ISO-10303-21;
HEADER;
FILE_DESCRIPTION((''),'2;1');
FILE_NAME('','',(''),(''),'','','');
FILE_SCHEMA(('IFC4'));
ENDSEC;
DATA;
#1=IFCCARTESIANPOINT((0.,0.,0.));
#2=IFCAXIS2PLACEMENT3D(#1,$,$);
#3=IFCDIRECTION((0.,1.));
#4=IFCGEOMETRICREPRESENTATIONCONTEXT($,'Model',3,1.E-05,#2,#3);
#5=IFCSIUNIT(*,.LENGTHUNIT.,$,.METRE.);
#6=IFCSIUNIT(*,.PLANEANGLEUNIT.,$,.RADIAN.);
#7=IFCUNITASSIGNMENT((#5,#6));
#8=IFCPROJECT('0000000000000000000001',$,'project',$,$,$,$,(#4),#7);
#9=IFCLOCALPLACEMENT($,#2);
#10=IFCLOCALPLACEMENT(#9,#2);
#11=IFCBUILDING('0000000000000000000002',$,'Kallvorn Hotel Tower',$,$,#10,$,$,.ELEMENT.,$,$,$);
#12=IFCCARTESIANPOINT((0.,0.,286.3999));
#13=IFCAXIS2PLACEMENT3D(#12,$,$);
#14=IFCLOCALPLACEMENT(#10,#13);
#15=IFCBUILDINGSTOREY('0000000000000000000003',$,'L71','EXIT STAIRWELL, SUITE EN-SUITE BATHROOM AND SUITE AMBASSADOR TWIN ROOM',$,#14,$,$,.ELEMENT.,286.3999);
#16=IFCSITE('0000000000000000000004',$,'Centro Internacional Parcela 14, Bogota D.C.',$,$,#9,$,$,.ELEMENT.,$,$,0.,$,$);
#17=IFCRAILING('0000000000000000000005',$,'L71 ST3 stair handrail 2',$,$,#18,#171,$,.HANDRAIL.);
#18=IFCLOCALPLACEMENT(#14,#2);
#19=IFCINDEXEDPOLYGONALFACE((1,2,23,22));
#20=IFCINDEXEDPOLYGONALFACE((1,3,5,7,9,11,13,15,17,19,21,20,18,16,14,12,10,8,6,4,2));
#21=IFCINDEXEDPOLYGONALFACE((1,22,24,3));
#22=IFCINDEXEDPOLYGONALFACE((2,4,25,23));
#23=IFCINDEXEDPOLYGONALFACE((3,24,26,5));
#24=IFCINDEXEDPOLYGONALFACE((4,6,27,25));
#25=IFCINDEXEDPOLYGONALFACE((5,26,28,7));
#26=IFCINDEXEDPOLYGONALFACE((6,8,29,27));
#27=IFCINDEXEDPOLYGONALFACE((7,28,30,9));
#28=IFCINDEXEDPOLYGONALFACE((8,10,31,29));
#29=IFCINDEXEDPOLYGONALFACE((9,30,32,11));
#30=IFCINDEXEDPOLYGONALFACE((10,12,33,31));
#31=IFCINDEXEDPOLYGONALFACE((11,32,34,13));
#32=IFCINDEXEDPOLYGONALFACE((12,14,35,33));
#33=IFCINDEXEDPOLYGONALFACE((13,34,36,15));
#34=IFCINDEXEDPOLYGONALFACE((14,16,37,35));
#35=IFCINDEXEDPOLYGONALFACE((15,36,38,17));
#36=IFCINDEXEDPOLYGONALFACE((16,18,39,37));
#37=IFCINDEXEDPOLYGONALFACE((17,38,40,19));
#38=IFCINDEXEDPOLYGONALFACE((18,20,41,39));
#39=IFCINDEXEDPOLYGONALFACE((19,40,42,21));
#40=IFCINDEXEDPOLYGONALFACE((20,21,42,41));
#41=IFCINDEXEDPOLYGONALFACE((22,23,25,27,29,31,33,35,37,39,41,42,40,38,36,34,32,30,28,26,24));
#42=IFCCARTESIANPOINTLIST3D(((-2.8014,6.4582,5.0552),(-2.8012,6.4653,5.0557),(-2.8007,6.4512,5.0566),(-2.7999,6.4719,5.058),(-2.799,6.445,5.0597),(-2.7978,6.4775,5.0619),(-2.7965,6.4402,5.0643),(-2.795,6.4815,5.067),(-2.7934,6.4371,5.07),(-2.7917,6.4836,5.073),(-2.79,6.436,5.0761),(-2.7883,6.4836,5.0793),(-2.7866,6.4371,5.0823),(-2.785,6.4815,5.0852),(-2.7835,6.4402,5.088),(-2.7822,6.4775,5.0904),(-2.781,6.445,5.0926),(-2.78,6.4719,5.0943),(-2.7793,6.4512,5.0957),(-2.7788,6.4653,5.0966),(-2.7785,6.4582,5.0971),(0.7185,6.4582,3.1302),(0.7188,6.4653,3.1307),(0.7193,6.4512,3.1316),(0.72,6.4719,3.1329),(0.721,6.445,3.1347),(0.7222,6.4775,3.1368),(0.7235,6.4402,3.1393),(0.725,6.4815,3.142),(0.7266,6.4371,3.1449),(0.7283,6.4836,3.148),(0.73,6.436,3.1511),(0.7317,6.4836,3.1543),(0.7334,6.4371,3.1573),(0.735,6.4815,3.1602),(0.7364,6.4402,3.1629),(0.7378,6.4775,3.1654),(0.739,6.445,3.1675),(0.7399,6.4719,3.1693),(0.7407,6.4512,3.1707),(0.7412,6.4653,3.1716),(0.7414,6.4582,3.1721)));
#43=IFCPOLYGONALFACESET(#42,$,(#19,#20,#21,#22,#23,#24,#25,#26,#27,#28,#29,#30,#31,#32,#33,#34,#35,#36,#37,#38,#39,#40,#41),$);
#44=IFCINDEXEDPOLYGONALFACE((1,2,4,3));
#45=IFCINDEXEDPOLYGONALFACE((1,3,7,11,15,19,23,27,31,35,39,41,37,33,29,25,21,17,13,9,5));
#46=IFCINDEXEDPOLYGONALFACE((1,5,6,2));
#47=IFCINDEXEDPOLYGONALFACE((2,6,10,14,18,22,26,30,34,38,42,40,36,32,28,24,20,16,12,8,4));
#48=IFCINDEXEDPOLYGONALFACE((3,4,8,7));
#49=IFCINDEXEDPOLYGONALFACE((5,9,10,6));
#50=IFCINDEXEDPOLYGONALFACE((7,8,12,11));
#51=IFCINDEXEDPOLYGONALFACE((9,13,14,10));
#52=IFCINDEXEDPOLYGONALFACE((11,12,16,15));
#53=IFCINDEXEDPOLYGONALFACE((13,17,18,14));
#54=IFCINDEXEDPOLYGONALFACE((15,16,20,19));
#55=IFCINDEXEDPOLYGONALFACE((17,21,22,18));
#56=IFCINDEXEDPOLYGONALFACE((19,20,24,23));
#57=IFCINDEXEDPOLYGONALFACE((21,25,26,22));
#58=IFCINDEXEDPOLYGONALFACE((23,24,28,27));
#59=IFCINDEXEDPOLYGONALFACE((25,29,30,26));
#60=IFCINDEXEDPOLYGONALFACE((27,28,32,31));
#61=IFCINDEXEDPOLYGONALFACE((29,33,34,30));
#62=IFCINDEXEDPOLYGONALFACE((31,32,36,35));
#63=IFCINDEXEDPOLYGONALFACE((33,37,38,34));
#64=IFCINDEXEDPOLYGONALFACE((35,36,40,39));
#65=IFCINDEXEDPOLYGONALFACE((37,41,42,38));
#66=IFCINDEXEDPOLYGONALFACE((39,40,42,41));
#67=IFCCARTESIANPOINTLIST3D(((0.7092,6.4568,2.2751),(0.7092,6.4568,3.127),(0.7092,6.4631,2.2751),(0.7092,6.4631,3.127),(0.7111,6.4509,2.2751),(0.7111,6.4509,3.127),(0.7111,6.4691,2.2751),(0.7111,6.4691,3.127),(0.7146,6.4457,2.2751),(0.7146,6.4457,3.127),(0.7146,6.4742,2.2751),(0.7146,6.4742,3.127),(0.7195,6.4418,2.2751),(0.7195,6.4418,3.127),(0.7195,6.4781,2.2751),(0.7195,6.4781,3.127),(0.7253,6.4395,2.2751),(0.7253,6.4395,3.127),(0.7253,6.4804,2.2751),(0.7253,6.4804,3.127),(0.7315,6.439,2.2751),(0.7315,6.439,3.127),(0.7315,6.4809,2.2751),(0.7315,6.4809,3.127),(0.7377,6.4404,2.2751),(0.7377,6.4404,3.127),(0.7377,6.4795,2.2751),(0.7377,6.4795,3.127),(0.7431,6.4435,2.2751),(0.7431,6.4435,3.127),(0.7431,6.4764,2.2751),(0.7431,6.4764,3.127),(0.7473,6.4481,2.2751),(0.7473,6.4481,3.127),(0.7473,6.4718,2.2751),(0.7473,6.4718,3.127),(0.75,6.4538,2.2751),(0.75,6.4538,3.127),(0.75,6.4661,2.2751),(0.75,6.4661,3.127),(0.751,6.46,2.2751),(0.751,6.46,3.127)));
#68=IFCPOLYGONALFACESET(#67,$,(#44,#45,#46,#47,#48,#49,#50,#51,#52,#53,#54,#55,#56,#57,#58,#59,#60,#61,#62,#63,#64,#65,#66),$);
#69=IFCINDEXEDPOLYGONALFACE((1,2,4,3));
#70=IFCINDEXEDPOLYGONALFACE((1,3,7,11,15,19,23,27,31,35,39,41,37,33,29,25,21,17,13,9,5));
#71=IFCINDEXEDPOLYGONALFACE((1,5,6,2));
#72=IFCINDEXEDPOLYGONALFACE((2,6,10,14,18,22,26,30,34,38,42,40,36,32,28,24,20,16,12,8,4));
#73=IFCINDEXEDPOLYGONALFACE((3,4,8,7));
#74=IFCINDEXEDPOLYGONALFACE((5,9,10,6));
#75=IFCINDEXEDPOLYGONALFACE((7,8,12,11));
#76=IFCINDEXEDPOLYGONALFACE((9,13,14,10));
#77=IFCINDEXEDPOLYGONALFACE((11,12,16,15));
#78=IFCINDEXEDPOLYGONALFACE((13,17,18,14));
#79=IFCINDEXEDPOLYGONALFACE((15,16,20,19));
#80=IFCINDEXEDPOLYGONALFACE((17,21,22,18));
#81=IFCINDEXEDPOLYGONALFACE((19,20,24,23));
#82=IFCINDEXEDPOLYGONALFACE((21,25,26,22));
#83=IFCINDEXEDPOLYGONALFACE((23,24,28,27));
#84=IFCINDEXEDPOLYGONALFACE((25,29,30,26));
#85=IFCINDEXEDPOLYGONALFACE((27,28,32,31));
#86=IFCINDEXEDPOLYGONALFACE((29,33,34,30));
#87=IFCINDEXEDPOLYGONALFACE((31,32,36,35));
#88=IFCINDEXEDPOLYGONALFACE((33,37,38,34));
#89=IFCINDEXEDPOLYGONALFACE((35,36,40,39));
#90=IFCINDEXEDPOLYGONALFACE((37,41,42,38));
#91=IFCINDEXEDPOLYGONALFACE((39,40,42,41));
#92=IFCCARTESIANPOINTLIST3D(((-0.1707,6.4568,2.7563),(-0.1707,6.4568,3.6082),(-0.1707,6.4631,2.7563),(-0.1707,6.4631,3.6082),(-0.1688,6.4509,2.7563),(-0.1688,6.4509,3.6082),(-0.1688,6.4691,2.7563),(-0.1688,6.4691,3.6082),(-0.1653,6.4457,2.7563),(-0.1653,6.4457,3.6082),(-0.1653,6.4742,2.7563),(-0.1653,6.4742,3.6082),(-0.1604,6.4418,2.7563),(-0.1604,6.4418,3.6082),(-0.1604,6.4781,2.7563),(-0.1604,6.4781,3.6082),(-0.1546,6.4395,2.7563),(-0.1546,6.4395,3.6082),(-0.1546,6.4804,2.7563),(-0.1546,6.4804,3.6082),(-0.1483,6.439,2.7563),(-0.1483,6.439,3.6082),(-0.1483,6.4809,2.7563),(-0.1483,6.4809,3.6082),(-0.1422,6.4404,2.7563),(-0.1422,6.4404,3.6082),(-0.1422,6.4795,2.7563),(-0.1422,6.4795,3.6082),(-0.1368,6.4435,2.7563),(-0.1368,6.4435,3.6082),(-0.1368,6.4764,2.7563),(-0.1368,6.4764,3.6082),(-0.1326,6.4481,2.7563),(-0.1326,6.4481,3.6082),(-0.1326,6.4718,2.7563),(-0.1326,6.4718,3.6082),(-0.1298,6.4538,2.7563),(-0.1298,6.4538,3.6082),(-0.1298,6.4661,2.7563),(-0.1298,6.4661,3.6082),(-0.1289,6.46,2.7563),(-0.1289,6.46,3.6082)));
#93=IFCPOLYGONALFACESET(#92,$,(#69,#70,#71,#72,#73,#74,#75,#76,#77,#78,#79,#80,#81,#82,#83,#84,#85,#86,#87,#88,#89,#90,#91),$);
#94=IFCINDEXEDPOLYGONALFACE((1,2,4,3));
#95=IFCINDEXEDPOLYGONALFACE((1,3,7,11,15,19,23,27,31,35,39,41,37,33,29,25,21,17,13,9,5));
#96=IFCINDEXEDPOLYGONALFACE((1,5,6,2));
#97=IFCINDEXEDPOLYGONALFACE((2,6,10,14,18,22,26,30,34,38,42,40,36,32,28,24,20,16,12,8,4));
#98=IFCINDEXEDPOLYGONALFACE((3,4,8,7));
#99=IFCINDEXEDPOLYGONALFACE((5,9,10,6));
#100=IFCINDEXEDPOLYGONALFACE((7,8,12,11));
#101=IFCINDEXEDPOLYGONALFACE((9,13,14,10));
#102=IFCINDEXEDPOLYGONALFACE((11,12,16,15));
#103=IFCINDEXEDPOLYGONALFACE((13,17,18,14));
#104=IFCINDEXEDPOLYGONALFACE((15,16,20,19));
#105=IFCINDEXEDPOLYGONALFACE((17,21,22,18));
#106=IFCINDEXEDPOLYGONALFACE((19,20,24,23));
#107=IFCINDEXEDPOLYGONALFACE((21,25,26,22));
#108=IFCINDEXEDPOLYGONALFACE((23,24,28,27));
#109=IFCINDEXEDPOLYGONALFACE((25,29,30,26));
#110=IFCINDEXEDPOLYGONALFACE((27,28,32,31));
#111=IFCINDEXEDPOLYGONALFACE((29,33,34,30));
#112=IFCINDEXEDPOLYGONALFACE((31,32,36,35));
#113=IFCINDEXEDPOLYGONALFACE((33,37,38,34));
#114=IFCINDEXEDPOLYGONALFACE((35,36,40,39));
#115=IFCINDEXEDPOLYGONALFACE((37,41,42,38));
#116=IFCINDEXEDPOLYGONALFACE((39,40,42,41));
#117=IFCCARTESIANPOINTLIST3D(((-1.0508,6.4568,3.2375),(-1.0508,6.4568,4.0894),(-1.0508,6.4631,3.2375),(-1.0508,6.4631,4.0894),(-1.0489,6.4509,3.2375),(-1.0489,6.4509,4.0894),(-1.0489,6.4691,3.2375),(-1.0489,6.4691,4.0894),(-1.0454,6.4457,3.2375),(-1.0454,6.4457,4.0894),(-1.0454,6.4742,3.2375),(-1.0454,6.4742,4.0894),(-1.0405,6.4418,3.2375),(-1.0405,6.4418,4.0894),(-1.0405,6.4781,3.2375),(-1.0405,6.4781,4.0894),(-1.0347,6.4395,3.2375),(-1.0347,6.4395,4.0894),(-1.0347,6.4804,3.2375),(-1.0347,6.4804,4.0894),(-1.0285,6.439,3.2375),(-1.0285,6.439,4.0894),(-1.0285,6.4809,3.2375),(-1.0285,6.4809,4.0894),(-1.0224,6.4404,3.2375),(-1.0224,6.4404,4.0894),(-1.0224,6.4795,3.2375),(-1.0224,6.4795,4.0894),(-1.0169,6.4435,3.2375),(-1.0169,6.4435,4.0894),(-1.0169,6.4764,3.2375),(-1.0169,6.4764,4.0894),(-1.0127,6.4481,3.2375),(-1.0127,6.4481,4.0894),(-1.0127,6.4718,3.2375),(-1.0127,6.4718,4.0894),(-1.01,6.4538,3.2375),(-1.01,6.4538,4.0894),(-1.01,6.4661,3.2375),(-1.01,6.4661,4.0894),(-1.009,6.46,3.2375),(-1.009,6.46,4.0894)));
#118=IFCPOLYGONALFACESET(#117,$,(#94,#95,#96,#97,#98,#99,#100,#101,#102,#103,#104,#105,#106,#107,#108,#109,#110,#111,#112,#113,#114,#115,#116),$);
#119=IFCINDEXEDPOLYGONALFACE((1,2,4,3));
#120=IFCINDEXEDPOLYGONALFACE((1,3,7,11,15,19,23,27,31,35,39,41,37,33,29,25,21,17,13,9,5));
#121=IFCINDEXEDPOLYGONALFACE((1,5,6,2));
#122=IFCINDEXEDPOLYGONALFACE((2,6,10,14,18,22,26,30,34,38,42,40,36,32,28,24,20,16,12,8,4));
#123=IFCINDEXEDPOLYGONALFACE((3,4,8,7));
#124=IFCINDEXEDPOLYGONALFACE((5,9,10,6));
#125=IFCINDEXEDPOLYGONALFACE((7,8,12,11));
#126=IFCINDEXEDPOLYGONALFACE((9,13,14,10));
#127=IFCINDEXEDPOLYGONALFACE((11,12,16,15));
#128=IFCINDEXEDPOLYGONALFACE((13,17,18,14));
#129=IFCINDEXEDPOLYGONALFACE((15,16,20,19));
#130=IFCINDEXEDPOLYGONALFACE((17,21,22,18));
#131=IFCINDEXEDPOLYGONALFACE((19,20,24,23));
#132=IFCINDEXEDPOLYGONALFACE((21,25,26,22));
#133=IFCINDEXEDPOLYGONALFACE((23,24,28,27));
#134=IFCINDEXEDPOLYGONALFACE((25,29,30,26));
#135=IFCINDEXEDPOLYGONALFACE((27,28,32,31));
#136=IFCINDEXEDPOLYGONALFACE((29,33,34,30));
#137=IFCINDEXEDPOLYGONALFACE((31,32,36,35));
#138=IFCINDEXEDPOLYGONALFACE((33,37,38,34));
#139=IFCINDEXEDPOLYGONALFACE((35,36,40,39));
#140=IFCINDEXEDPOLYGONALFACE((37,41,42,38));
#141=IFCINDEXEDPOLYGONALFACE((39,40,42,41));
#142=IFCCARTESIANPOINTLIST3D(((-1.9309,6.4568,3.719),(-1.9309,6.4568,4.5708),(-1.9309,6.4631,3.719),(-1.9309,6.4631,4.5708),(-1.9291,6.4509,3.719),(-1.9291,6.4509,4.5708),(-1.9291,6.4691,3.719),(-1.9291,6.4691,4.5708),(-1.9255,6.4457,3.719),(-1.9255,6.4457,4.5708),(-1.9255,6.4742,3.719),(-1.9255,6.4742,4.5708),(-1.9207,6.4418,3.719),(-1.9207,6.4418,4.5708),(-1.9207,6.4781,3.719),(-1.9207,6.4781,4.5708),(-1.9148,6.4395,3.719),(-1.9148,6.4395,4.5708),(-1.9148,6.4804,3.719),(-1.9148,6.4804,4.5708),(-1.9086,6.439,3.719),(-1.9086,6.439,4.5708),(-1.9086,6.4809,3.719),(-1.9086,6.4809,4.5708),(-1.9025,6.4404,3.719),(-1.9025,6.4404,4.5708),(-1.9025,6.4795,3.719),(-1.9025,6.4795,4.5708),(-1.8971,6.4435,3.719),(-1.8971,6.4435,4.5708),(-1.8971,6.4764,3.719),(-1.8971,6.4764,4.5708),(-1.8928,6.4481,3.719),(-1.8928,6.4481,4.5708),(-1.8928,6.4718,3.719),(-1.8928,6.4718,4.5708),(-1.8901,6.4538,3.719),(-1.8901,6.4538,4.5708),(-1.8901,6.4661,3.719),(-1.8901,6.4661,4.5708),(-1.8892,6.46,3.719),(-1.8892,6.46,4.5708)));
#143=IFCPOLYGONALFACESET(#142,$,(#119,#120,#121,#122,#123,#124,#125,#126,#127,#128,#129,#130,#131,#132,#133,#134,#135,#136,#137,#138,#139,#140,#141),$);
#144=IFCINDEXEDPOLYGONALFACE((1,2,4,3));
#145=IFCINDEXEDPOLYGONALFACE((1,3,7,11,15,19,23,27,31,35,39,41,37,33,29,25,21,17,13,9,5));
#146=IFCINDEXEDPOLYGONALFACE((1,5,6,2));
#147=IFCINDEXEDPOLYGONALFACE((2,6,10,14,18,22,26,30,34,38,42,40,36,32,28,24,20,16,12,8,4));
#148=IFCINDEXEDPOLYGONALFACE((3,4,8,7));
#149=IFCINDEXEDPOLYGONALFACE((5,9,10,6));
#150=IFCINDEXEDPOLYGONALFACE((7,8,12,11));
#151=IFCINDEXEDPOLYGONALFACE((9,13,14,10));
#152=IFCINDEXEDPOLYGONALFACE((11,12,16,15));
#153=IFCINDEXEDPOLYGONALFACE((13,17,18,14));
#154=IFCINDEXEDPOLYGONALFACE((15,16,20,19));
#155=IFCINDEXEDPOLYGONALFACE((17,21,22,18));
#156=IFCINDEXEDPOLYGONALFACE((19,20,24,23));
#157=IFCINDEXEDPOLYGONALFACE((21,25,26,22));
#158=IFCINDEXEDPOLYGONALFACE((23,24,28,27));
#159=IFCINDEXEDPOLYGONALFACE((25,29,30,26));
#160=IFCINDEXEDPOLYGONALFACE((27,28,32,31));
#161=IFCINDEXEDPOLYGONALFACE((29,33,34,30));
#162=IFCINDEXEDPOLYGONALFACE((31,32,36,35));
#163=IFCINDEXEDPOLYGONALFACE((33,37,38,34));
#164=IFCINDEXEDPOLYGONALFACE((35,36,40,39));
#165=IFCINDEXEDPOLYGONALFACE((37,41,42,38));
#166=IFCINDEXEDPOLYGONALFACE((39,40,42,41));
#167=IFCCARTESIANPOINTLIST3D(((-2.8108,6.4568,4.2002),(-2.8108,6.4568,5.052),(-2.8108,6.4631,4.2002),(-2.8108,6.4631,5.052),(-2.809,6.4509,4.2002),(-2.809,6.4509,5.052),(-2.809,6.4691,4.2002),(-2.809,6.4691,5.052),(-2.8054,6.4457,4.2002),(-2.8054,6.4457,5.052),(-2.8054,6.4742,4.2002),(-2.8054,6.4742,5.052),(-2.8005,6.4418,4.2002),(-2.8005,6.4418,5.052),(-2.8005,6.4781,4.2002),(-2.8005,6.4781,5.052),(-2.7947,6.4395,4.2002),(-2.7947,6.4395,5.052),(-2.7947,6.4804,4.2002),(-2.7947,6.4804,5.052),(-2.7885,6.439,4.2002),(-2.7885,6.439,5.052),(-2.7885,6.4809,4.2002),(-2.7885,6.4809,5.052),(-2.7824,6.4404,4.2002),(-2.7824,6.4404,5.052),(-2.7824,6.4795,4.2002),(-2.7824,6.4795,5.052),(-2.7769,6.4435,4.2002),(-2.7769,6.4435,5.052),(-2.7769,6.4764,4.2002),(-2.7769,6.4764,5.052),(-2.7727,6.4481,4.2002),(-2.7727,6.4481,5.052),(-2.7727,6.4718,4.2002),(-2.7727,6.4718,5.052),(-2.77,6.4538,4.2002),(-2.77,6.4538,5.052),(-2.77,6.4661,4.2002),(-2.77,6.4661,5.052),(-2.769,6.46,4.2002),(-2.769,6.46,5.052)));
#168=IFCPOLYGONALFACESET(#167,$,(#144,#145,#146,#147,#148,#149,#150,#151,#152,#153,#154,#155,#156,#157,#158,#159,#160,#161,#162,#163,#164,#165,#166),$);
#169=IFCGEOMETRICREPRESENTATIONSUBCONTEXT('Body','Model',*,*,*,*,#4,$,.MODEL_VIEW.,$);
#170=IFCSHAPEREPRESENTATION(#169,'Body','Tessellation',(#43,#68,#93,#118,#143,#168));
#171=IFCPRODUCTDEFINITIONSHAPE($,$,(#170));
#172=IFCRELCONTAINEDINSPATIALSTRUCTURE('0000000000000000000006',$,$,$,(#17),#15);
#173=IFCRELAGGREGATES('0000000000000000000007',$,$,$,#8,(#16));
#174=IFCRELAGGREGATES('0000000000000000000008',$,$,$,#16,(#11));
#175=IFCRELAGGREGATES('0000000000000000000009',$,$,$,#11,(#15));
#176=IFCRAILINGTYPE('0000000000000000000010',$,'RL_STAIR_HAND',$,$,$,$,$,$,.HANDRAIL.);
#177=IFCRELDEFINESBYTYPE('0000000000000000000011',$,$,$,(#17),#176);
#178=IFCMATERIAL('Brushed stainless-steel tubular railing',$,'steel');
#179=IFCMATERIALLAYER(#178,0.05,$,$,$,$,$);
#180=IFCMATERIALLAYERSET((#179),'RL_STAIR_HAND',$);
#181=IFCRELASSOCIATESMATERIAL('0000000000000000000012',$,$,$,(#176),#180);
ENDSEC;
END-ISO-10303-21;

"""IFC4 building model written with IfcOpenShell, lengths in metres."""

from ifc_helpers import new_model, si_unit, direction, frame, origin, origin_2d, place, context, subcontext, project, spatial, circle, extrude, material, layer, layer_set, type_object, element, save


model = new_model("IFC4")

# Units and contexts
model_context = context("Model", 3, precision=1e-05, world=origin(), true_north=direction((0.0, 1.0)))
body_context = subcontext(model_context, "Body", "Model", "MODEL_VIEW")
ifc_project = project(units=[si_unit("LENGTHUNIT", "METRE"), si_unit("PLANEANGLEUNIT", "RADIAN")], contexts=[model_context])

# Site, building, storey
site_placement = place(None, origin())
site = spatial("IfcSite", under=ifc_project, at=site_placement, Name="Centro Internacional Parcela 14, Bogota D.C.", CompositionType="ELEMENT", RefElevation=0.0)
building_placement = place(site_placement, origin())
building = spatial("IfcBuilding", under=site, at=building_placement, Name="Kallvorn Hotel Tower", CompositionType="ELEMENT")
storey_placement = place(building_placement, frame((0.0, 0.0, 286.3999)))
storey = spatial("IfcBuildingStorey", under=building, at=storey_placement, Name="L71", Description="EXIT STAIRWELL, SUITE EN-SUITE BATHROOM AND SUITE AMBASSADOR TWIN ROOM", CompositionType="ELEMENT", Elevation=286.3999)

# Railing
ifc_material_1 = material(Name="Brushed stainless-steel tubular railing", Category="steel")
ifc_layer_1 = layer(ifc_material_1, 0.05)
ifc_layer_set_1 = layer_set([ifc_layer_1], Name="RL_STAIR_HAND")
railing_type_1 = type_object("IfcRailingType", Name="RL_STAIR_HAND", PredefinedType="HANDRAIL", material=ifc_layer_set_1)
railing_1_placement = place(storey_placement, frame((0.73, 6.46, 2.2751)))
element("IfcRailing", 1, at=railing_1_placement, inside=storey, type_object=railing_type_1, Name="L71 ST3 stair handrail 2", PredefinedType="HANDRAIL", context=body_context, shape_type="SweptSolid", body=[
    extrude(circle(Radius=0.0239, at=origin_2d()), frame((0.0, 0.0, 0.876), z_axis=(-0.877367, 0.0, 0.47982), x_axis=(0.0, -1.0, 0.0)), (0.0, 0.0, 1.0), 4.012),
    extrude(circle(Radius=0.021, at=origin_2d()), origin(), (0.0, 0.0, 1.0), 0.8518),
    extrude(circle(Radius=0.021, at=origin_2d()), frame((-0.8799, 0.0, 0.4812)), (0.0, 0.0, 1.0), 0.8518),
    extrude(circle(Radius=0.021, at=origin_2d()), frame((-1.76, 0.0, 0.9624)), (0.0, 0.0, 1.0), 0.8518),
    extrude(circle(Radius=0.021, at=origin_2d()), frame((-2.6401, 0.0, 1.4438)), (0.0, 0.0, 1.0), 0.8518),
    extrude(circle(Radius=0.021, at=origin_2d()), frame((-3.52, 0.0, 1.925)), (0.0, 0.0, 1.0), 0.8518),
])

save(model, "model.ifc")
